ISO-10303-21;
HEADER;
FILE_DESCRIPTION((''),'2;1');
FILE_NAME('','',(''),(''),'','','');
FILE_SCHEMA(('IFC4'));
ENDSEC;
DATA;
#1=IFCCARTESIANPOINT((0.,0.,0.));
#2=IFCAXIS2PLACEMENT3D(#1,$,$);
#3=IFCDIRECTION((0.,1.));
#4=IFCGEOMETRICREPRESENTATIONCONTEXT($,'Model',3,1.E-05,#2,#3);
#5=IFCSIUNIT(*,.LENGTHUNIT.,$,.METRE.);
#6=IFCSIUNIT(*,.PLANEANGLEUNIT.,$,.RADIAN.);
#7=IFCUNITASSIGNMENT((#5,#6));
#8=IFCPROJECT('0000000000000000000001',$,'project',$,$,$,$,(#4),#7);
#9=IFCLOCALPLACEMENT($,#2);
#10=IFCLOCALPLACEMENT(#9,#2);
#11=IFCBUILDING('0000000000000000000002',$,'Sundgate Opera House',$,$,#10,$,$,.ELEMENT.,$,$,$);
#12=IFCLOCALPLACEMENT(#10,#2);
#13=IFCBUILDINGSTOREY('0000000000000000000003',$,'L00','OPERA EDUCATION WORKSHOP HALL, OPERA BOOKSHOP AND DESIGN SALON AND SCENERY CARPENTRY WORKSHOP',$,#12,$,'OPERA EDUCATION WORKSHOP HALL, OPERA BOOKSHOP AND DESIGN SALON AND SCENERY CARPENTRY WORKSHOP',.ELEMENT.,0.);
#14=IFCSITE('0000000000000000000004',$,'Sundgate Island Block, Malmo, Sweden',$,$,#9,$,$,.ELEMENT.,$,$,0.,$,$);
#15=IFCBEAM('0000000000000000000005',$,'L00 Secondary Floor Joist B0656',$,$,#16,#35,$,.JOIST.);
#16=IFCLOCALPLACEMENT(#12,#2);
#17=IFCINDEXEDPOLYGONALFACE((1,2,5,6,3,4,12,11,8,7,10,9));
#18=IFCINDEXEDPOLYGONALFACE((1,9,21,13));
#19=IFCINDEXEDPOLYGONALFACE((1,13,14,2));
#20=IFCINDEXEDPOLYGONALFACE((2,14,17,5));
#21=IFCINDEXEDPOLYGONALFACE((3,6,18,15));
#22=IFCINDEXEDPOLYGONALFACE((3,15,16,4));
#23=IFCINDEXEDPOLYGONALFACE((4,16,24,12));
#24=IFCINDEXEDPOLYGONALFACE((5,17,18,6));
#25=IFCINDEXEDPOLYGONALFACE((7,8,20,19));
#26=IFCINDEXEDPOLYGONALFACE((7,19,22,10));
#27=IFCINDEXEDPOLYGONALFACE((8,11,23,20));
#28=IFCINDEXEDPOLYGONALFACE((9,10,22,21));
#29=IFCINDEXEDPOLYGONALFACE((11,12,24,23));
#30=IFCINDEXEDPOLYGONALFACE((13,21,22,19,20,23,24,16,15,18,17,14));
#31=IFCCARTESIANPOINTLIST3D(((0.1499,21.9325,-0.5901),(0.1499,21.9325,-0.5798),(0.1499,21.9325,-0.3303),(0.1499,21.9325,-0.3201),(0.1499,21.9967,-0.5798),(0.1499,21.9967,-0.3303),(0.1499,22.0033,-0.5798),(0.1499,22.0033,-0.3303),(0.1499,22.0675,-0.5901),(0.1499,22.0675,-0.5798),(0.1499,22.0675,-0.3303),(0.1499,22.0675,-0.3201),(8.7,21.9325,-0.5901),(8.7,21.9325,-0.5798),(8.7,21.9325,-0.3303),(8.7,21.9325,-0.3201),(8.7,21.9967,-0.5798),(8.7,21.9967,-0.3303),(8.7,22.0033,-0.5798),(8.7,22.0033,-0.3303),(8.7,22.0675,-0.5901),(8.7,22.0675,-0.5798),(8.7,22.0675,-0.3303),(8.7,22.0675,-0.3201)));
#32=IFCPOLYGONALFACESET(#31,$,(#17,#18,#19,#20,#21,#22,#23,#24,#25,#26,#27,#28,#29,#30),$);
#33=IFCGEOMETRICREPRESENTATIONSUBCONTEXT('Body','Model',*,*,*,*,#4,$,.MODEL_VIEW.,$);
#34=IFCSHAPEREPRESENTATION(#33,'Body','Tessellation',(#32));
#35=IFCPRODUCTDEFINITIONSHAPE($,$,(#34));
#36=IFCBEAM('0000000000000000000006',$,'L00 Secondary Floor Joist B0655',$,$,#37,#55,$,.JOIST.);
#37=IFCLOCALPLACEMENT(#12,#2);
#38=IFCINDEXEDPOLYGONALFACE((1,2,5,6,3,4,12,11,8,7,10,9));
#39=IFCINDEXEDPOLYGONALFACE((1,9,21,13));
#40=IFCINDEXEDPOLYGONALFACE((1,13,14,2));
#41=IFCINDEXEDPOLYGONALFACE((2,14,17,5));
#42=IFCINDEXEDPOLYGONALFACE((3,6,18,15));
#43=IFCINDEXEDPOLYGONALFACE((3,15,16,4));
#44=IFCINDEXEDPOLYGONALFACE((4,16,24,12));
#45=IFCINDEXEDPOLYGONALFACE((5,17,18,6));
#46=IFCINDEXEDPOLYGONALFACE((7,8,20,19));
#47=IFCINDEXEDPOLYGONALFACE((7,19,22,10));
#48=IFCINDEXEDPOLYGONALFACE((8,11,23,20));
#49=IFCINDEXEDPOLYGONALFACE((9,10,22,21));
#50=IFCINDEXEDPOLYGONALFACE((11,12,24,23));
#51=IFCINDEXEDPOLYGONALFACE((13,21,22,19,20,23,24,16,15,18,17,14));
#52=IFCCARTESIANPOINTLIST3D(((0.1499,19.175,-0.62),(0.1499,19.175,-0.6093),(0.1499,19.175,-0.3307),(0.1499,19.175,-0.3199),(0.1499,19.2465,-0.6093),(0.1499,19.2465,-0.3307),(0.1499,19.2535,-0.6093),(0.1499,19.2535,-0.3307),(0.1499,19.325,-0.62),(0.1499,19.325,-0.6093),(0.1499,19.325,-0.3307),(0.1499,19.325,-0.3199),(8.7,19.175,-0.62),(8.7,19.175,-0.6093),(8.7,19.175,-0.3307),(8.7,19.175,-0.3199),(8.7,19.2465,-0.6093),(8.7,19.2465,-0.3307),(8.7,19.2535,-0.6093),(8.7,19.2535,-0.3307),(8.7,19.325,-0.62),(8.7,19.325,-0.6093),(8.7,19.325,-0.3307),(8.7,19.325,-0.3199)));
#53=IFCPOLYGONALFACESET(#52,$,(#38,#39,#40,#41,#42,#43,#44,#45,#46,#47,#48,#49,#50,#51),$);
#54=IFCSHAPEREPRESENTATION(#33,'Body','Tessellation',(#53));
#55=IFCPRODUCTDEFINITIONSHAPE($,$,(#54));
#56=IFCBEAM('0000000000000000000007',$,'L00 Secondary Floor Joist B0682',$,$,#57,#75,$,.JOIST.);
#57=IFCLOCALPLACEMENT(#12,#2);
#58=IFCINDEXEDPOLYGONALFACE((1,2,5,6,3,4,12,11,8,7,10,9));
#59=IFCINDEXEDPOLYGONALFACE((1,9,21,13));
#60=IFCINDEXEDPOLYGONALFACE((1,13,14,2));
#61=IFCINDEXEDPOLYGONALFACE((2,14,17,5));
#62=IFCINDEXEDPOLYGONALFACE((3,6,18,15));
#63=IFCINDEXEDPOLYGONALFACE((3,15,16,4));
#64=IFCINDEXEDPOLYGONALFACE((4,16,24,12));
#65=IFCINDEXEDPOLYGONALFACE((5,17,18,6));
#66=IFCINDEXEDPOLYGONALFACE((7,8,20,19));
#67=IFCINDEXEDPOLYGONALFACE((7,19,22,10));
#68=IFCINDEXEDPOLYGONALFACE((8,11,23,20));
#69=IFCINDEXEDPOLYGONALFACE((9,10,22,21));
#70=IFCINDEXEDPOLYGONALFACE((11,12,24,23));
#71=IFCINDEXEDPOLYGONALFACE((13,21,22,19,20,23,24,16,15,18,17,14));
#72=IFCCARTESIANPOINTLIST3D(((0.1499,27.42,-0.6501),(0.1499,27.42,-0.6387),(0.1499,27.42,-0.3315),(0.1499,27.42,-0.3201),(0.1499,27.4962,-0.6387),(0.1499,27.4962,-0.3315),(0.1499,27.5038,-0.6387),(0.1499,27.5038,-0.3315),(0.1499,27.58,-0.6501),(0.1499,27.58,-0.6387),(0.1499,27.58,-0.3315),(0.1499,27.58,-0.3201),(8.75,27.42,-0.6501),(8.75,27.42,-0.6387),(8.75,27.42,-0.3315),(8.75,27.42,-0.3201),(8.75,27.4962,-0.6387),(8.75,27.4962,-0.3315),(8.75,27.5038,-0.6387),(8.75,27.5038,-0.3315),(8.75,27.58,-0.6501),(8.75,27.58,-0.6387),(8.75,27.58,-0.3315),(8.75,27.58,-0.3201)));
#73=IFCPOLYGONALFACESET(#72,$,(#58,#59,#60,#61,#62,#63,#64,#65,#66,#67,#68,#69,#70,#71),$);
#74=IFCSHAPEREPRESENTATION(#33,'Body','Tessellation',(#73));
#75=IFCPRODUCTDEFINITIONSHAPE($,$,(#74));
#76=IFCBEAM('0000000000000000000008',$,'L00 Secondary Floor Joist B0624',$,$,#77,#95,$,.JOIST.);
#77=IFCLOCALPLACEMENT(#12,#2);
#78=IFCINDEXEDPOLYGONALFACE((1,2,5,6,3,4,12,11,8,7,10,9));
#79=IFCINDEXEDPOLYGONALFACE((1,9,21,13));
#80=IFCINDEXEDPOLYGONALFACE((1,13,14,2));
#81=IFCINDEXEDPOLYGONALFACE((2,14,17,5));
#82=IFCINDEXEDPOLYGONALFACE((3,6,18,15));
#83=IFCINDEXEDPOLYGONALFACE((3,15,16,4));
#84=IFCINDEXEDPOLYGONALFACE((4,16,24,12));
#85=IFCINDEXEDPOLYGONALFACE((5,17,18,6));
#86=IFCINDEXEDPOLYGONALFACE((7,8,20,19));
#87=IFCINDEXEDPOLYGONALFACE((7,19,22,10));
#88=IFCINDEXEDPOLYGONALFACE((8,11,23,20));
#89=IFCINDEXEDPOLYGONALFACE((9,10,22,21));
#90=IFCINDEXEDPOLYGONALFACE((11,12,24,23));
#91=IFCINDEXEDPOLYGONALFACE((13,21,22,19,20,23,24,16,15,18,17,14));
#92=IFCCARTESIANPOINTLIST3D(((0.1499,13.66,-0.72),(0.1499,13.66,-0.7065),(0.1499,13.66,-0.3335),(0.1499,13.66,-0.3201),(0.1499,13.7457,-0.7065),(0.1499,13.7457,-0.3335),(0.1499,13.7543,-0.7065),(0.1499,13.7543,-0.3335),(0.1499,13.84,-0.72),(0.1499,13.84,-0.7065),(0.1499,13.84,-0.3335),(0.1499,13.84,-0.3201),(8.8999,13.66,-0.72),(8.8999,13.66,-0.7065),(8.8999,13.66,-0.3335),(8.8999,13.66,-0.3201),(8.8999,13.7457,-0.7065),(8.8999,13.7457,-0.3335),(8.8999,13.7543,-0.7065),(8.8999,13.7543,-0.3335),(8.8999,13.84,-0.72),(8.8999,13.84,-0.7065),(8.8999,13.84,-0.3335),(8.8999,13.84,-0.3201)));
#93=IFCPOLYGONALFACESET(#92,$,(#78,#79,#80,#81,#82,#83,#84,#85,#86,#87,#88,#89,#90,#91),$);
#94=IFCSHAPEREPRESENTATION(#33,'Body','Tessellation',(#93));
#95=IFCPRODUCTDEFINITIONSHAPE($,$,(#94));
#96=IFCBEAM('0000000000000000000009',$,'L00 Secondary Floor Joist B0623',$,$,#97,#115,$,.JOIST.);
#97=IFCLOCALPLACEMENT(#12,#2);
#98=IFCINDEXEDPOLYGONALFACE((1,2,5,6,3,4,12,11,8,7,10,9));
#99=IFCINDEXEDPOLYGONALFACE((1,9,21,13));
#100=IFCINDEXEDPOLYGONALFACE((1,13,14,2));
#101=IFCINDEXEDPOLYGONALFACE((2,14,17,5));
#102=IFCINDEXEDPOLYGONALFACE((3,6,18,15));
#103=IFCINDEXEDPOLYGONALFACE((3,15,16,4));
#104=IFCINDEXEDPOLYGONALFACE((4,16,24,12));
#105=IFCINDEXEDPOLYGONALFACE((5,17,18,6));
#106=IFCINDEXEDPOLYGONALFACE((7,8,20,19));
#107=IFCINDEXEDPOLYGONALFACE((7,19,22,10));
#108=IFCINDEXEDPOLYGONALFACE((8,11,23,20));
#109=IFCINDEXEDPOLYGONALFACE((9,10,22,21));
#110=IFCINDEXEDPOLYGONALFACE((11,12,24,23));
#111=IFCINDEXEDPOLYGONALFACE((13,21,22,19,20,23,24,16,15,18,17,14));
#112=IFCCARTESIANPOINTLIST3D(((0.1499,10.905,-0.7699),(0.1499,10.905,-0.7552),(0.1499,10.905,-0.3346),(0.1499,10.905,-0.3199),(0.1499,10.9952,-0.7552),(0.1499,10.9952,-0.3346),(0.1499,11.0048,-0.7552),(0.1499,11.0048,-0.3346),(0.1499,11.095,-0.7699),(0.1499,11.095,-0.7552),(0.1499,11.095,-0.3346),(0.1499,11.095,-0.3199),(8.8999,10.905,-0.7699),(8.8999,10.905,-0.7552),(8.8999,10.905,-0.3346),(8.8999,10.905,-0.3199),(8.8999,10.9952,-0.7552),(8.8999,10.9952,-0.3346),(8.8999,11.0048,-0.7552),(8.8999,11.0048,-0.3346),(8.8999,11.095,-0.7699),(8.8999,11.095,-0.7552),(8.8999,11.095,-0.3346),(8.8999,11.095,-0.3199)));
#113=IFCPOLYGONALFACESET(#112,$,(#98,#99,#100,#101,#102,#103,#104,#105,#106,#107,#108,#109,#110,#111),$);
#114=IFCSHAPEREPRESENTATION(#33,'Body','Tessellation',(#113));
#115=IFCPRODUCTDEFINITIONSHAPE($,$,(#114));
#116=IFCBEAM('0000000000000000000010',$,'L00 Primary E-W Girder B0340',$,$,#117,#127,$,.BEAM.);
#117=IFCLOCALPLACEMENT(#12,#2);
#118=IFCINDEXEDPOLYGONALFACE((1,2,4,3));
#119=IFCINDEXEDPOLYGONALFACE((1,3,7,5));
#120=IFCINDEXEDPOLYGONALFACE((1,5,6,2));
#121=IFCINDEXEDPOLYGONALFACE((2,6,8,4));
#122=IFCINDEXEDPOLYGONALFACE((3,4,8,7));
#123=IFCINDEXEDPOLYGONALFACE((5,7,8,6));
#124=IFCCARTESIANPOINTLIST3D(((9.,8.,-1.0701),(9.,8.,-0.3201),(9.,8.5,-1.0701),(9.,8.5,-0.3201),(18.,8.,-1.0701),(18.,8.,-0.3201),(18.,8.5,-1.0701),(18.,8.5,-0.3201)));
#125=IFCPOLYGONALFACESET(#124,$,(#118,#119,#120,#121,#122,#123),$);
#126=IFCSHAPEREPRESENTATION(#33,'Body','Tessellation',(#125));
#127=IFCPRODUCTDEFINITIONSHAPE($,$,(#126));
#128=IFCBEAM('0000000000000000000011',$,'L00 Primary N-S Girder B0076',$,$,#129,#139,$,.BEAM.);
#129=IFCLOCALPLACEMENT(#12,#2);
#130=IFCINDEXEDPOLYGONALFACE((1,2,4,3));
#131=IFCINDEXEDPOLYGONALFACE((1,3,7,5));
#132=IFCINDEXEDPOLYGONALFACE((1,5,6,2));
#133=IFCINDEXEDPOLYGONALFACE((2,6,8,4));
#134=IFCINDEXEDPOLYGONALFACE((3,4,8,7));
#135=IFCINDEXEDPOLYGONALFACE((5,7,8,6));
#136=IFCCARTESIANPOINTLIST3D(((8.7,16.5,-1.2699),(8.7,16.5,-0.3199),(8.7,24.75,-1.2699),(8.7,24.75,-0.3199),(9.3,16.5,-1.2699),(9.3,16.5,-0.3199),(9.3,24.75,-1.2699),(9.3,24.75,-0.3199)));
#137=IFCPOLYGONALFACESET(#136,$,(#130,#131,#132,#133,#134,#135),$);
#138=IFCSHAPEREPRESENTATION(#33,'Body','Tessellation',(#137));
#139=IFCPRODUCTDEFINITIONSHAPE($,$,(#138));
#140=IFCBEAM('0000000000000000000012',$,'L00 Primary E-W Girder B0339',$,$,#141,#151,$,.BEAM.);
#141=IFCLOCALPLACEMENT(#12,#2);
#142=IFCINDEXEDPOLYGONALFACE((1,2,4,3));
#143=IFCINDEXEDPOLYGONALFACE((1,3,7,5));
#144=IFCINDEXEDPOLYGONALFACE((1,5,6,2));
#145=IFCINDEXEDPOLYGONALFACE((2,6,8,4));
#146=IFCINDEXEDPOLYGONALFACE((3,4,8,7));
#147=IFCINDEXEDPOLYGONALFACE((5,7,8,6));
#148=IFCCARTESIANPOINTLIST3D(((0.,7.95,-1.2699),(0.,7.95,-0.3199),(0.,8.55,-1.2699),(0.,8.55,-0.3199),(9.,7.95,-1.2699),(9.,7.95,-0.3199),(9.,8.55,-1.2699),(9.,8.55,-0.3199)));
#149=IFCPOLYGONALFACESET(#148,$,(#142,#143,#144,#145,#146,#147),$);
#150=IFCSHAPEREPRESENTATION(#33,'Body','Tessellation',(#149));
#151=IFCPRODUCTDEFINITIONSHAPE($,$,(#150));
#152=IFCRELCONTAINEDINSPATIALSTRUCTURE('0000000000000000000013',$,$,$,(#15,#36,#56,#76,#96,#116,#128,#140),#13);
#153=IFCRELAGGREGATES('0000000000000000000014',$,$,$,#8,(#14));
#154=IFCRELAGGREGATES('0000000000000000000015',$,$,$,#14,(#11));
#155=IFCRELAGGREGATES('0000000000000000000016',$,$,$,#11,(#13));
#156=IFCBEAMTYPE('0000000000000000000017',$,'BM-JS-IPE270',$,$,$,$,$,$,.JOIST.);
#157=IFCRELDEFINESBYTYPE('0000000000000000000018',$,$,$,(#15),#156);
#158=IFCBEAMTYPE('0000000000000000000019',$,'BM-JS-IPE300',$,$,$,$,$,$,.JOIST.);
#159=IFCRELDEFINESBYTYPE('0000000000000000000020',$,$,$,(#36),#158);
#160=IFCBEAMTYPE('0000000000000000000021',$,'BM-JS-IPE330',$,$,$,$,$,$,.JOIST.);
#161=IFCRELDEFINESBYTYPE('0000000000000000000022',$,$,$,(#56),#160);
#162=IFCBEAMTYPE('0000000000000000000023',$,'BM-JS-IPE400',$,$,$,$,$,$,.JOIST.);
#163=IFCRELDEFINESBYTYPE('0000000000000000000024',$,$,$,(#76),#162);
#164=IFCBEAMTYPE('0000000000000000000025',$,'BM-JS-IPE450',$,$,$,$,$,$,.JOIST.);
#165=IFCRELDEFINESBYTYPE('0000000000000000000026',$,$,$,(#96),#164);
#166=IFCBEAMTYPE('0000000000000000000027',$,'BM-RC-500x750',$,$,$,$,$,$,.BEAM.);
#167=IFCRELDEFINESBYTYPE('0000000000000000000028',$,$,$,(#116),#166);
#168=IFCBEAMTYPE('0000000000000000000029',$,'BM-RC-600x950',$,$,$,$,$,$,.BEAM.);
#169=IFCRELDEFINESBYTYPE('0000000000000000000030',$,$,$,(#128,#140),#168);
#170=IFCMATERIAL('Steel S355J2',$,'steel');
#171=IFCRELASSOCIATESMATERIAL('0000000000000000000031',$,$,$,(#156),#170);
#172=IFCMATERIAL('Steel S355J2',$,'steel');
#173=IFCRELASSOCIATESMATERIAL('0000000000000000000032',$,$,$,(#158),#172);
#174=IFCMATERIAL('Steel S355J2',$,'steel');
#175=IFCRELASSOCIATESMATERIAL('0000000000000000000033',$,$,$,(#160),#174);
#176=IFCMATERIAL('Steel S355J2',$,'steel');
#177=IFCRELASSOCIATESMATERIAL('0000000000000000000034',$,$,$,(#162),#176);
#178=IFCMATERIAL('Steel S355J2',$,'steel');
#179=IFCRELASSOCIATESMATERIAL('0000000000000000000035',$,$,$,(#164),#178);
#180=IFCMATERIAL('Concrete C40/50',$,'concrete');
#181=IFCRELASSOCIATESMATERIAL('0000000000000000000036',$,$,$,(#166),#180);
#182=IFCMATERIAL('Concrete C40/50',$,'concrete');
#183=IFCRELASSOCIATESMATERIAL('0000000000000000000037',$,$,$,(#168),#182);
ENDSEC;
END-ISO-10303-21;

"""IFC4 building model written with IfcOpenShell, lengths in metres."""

from ifc_helpers import new_model, si_unit, direction, frame, origin, origin_2d, place, context, subcontext, project, spatial, rectangle, i_section, extrude, material, material_profile, profile_set, type_object, element, save


model = new_model("IFC4")

# Units and contexts
model_context = context("Model", 3, precision=1e-05, world=origin(), true_north=direction((0.0, 1.0)))
body_context = subcontext(model_context, "Body", "Model", "MODEL_VIEW")
ifc_project = project(units=[si_unit("LENGTHUNIT", "METRE"), si_unit("PLANEANGLEUNIT", "RADIAN")], contexts=[model_context])

# Site, building, storey
site_placement = place(None, origin())
site = spatial("IfcSite", under=ifc_project, at=site_placement, Name="Sundgate Island Block, Malmo, Sweden", CompositionType="ELEMENT", RefElevation=0.0)
building_placement = place(site_placement, origin())
building = spatial("IfcBuilding", under=site, at=building_placement, Name="Sundgate Opera House", CompositionType="ELEMENT")
storey_placement = place(building_placement, origin())
storey = spatial("IfcBuildingStorey", under=building, at=storey_placement, Name="L00", Description="OPERA EDUCATION WORKSHOP HALL, OPERA BOOKSHOP AND DESIGN SALON AND SCENERY CARPENTRY WORKSHOP", LongName="OPERA EDUCATION WORKSHOP HALL, OPERA BOOKSHOP AND DESIGN SALON AND SCENERY CARPENTRY WORKSHOP", CompositionType="ELEMENT", Elevation=0.0)

# Beams
ifc_material_1 = material(Name="Steel S355J2", Category="steel")
ifc_material_profile_1 = material_profile(ifc_material_1, i_section(OverallWidth=0.135, OverallDepth=0.27, WebThickness=0.0066, FlangeThickness=0.0103, at=origin_2d()), Name="IPE 270")
ifc_profile_set_1 = profile_set([ifc_material_profile_1], Name="Steel S355J2")
beam_type_1 = type_object("IfcBeamType", Name="BM-JS-IPE270", PredefinedType="JOIST", material=ifc_profile_set_1)
beam_1_placement = place(storey_placement, frame((0.1499, 22.0, -0.4551), z_axis=(1.0, 0.0, 0.0), x_axis=(0.0, 1.0, 0.0)))
element("IfcBeam", 1, at=beam_1_placement, inside=storey, type_object=beam_type_1, Name="L00 Secondary Floor Joist B0656", PredefinedType="JOIST", context=body_context, shape_type="SweptSolid", body=[
    extrude(i_section(OverallWidth=0.135, OverallDepth=0.27, WebThickness=0.0066, FlangeThickness=0.0103, at=origin_2d()), origin(), (0.0, 0.0, 1.0), 8.55),
])
ifc_material_2 = material(Name="Steel S355J2", Category="steel")
ifc_material_profile_2 = material_profile(ifc_material_2, i_section(OverallWidth=0.1499, OverallDepth=0.3, WebThickness=0.0071, FlangeThickness=0.0107, at=origin_2d()), Name="IPE 300")
ifc_profile_set_2 = profile_set([ifc_material_profile_2], Name="Steel S355J2")
beam_type_2 = type_object("IfcBeamType", Name="BM-JS-IPE300", PredefinedType="JOIST", material=ifc_profile_set_2)
beam_2_placement = place(storey_placement, frame((0.1499, 19.25, -0.47), z_axis=(1.0, 0.0, 0.0), x_axis=(0.0, 1.0, 0.0)))
element("IfcBeam", 2, at=beam_2_placement, inside=storey, type_object=beam_type_2, Name="L00 Secondary Floor Joist B0655", PredefinedType="JOIST", context=body_context, shape_type="SweptSolid", body=[
    extrude(i_section(OverallWidth=0.1499, OverallDepth=0.3, WebThickness=0.0071, FlangeThickness=0.0107, at=origin_2d()), origin(), (0.0, 0.0, 1.0), 8.55),
])
ifc_material_3 = material(Name="Steel S355J2", Category="steel")
ifc_material_profile_3 = material_profile(ifc_material_3, i_section(OverallWidth=0.1599, OverallDepth=0.3301, WebThickness=0.0076, FlangeThickness=0.0115, at=origin_2d()), Name="IPE 330")
ifc_profile_set_3 = profile_set([ifc_material_profile_3], Name="Steel S355J2")
beam_type_3 = type_object("IfcBeamType", Name="BM-JS-IPE330", PredefinedType="JOIST", material=ifc_profile_set_3)
beam_3_placement = place(storey_placement, frame((0.1499, 27.5, -0.4851), z_axis=(1.0, 0.0, 0.0), x_axis=(0.0, 1.0, 0.0)))
element("IfcBeam", 3, at=beam_3_placement, inside=storey, type_object=beam_type_3, Name="L00 Secondary Floor Joist B0682", PredefinedType="JOIST", context=body_context, shape_type="SweptSolid", body=[
    extrude(i_section(OverallWidth=0.1599, OverallDepth=0.3301, WebThickness=0.0076, FlangeThickness=0.0115, at=origin_2d()), origin(), (0.0, 0.0, 1.0), 8.6001),
])
ifc_material_4 = material(Name="Steel S355J2", Category="steel")
ifc_material_profile_4 = material_profile(ifc_material_4, i_section(OverallWidth=0.1799, OverallDepth=0.3999, WebThickness=0.0085, FlangeThickness=0.0134, at=origin_2d()), Name="IPE 400")
ifc_profile_set_4 = profile_set([ifc_material_profile_4], Name="Steel S355J2")
beam_type_4 = type_object("IfcBeamType", Name="BM-JS-IPE400", PredefinedType="JOIST", material=ifc_profile_set_4)
beam_4_placement = place(storey_placement, frame((0.1499, 13.75, -0.52), z_axis=(1.0, 0.0, 0.0), x_axis=(0.0, 1.0, 0.0)))
element("IfcBeam", 4, at=beam_4_placement, inside=storey, type_object=beam_type_4, Name="L00 Secondary Floor Joist B0624", PredefinedType="JOIST", context=body_context, shape_type="SweptSolid", body=[
    extrude(i_section(OverallWidth=0.1799, OverallDepth=0.3999, WebThickness=0.0085, FlangeThickness=0.0134, at=origin_2d()), origin(), (0.0, 0.0, 1.0), 8.75),
])
ifc_material_5 = material(Name="Steel S355J2", Category="steel")
ifc_material_profile_5 = material_profile(ifc_material_5, i_section(OverallWidth=0.1899, OverallDepth=0.45, WebThickness=0.0095, FlangeThickness=0.0146, at=origin_2d()), Name="IPE 450")
ifc_profile_set_5 = profile_set([ifc_material_profile_5], Name="Steel S355J2")
beam_type_5 = type_object("IfcBeamType", Name="BM-JS-IPE450", PredefinedType="JOIST", material=ifc_profile_set_5)
beam_5_placement = place(storey_placement, frame((0.1499, 11.0, -0.5449), z_axis=(1.0, 0.0, 0.0), x_axis=(0.0, 1.0, 0.0)))
element("IfcBeam", 5, at=beam_5_placement, inside=storey, type_object=beam_type_5, Name="L00 Secondary Floor Joist B0623", PredefinedType="JOIST", context=body_context, shape_type="SweptSolid", body=[
    extrude(i_section(OverallWidth=0.1899, OverallDepth=0.45, WebThickness=0.0095, FlangeThickness=0.0146, at=origin_2d()), origin(), (0.0, 0.0, 1.0), 8.75),
])
ifc_material_6 = material(Name="Concrete C40/50", Category="concrete")
ifc_material_profile_6 = material_profile(ifc_material_6, rectangle(XDim=0.5, YDim=0.75, at=origin_2d()), Name="RC 500x750")
ifc_profile_set_6 = profile_set([ifc_material_profile_6], Name="Concrete C40/50")
beam_type_6 = type_object("IfcBeamType", Name="BM-RC-500x750", PredefinedType="BEAM", material=ifc_profile_set_6)
beam_6_placement = place(storey_placement, frame((9.0, 8.25, -0.6951), z_axis=(1.0, 0.0, 0.0), x_axis=(0.0, 1.0, 0.0)))
element("IfcBeam", 6, at=beam_6_placement, inside=storey, type_object=beam_type_6, Name="L00 Primary E-W Girder B0340", PredefinedType="BEAM", context=body_context, shape_type="SweptSolid", body=[
    extrude(rectangle(XDim=0.5, YDim=0.75, at=origin_2d()), origin(), (0.0, 0.0, 1.0), 9.0),
])
ifc_material_7 = material(Name="Concrete C40/50", Category="concrete")
ifc_material_profile_7 = material_profile(ifc_material_7, rectangle(XDim=0.6001, YDim=0.95, at=origin_2d()), Name="RC 600x950")
ifc_profile_set_7 = profile_set([ifc_material_profile_7], Name="Concrete C40/50")
beam_type_7 = type_object("IfcBeamType", Name="BM-RC-600x950", PredefinedType="BEAM", material=ifc_profile_set_7)
beam_7_placement = place(storey_placement, frame((9.0, 16.5, -0.7949), z_axis=(0.0, 1.0, 0.0), x_axis=(-1.0, 0.0, 0.0)))
element("IfcBeam", 7, at=beam_7_placement, inside=storey, type_object=beam_type_7, Name="L00 Primary N-S Girder B0076", PredefinedType="BEAM", context=body_context, shape_type="SweptSolid", body=[
    extrude(rectangle(XDim=0.6001, YDim=0.95, at=origin_2d()), origin(), (0.0, 0.0, 1.0), 8.25),
])
beam_8_placement = place(storey_placement, frame((0.0, 8.25, -0.7949), z_axis=(1.0, 0.0, 0.0), x_axis=(0.0, 1.0, 0.0)))
element("IfcBeam", 8, at=beam_8_placement, inside=storey, type_object=beam_type_7, Name="L00 Primary E-W Girder B0339", PredefinedType="BEAM", context=body_context, shape_type="SweptSolid", body=[
    extrude(rectangle(XDim=0.6001, YDim=0.95, at=origin_2d()), origin(), (0.0, 0.0, 1.0), 9.0),
])

save(model, "model.ifc")
